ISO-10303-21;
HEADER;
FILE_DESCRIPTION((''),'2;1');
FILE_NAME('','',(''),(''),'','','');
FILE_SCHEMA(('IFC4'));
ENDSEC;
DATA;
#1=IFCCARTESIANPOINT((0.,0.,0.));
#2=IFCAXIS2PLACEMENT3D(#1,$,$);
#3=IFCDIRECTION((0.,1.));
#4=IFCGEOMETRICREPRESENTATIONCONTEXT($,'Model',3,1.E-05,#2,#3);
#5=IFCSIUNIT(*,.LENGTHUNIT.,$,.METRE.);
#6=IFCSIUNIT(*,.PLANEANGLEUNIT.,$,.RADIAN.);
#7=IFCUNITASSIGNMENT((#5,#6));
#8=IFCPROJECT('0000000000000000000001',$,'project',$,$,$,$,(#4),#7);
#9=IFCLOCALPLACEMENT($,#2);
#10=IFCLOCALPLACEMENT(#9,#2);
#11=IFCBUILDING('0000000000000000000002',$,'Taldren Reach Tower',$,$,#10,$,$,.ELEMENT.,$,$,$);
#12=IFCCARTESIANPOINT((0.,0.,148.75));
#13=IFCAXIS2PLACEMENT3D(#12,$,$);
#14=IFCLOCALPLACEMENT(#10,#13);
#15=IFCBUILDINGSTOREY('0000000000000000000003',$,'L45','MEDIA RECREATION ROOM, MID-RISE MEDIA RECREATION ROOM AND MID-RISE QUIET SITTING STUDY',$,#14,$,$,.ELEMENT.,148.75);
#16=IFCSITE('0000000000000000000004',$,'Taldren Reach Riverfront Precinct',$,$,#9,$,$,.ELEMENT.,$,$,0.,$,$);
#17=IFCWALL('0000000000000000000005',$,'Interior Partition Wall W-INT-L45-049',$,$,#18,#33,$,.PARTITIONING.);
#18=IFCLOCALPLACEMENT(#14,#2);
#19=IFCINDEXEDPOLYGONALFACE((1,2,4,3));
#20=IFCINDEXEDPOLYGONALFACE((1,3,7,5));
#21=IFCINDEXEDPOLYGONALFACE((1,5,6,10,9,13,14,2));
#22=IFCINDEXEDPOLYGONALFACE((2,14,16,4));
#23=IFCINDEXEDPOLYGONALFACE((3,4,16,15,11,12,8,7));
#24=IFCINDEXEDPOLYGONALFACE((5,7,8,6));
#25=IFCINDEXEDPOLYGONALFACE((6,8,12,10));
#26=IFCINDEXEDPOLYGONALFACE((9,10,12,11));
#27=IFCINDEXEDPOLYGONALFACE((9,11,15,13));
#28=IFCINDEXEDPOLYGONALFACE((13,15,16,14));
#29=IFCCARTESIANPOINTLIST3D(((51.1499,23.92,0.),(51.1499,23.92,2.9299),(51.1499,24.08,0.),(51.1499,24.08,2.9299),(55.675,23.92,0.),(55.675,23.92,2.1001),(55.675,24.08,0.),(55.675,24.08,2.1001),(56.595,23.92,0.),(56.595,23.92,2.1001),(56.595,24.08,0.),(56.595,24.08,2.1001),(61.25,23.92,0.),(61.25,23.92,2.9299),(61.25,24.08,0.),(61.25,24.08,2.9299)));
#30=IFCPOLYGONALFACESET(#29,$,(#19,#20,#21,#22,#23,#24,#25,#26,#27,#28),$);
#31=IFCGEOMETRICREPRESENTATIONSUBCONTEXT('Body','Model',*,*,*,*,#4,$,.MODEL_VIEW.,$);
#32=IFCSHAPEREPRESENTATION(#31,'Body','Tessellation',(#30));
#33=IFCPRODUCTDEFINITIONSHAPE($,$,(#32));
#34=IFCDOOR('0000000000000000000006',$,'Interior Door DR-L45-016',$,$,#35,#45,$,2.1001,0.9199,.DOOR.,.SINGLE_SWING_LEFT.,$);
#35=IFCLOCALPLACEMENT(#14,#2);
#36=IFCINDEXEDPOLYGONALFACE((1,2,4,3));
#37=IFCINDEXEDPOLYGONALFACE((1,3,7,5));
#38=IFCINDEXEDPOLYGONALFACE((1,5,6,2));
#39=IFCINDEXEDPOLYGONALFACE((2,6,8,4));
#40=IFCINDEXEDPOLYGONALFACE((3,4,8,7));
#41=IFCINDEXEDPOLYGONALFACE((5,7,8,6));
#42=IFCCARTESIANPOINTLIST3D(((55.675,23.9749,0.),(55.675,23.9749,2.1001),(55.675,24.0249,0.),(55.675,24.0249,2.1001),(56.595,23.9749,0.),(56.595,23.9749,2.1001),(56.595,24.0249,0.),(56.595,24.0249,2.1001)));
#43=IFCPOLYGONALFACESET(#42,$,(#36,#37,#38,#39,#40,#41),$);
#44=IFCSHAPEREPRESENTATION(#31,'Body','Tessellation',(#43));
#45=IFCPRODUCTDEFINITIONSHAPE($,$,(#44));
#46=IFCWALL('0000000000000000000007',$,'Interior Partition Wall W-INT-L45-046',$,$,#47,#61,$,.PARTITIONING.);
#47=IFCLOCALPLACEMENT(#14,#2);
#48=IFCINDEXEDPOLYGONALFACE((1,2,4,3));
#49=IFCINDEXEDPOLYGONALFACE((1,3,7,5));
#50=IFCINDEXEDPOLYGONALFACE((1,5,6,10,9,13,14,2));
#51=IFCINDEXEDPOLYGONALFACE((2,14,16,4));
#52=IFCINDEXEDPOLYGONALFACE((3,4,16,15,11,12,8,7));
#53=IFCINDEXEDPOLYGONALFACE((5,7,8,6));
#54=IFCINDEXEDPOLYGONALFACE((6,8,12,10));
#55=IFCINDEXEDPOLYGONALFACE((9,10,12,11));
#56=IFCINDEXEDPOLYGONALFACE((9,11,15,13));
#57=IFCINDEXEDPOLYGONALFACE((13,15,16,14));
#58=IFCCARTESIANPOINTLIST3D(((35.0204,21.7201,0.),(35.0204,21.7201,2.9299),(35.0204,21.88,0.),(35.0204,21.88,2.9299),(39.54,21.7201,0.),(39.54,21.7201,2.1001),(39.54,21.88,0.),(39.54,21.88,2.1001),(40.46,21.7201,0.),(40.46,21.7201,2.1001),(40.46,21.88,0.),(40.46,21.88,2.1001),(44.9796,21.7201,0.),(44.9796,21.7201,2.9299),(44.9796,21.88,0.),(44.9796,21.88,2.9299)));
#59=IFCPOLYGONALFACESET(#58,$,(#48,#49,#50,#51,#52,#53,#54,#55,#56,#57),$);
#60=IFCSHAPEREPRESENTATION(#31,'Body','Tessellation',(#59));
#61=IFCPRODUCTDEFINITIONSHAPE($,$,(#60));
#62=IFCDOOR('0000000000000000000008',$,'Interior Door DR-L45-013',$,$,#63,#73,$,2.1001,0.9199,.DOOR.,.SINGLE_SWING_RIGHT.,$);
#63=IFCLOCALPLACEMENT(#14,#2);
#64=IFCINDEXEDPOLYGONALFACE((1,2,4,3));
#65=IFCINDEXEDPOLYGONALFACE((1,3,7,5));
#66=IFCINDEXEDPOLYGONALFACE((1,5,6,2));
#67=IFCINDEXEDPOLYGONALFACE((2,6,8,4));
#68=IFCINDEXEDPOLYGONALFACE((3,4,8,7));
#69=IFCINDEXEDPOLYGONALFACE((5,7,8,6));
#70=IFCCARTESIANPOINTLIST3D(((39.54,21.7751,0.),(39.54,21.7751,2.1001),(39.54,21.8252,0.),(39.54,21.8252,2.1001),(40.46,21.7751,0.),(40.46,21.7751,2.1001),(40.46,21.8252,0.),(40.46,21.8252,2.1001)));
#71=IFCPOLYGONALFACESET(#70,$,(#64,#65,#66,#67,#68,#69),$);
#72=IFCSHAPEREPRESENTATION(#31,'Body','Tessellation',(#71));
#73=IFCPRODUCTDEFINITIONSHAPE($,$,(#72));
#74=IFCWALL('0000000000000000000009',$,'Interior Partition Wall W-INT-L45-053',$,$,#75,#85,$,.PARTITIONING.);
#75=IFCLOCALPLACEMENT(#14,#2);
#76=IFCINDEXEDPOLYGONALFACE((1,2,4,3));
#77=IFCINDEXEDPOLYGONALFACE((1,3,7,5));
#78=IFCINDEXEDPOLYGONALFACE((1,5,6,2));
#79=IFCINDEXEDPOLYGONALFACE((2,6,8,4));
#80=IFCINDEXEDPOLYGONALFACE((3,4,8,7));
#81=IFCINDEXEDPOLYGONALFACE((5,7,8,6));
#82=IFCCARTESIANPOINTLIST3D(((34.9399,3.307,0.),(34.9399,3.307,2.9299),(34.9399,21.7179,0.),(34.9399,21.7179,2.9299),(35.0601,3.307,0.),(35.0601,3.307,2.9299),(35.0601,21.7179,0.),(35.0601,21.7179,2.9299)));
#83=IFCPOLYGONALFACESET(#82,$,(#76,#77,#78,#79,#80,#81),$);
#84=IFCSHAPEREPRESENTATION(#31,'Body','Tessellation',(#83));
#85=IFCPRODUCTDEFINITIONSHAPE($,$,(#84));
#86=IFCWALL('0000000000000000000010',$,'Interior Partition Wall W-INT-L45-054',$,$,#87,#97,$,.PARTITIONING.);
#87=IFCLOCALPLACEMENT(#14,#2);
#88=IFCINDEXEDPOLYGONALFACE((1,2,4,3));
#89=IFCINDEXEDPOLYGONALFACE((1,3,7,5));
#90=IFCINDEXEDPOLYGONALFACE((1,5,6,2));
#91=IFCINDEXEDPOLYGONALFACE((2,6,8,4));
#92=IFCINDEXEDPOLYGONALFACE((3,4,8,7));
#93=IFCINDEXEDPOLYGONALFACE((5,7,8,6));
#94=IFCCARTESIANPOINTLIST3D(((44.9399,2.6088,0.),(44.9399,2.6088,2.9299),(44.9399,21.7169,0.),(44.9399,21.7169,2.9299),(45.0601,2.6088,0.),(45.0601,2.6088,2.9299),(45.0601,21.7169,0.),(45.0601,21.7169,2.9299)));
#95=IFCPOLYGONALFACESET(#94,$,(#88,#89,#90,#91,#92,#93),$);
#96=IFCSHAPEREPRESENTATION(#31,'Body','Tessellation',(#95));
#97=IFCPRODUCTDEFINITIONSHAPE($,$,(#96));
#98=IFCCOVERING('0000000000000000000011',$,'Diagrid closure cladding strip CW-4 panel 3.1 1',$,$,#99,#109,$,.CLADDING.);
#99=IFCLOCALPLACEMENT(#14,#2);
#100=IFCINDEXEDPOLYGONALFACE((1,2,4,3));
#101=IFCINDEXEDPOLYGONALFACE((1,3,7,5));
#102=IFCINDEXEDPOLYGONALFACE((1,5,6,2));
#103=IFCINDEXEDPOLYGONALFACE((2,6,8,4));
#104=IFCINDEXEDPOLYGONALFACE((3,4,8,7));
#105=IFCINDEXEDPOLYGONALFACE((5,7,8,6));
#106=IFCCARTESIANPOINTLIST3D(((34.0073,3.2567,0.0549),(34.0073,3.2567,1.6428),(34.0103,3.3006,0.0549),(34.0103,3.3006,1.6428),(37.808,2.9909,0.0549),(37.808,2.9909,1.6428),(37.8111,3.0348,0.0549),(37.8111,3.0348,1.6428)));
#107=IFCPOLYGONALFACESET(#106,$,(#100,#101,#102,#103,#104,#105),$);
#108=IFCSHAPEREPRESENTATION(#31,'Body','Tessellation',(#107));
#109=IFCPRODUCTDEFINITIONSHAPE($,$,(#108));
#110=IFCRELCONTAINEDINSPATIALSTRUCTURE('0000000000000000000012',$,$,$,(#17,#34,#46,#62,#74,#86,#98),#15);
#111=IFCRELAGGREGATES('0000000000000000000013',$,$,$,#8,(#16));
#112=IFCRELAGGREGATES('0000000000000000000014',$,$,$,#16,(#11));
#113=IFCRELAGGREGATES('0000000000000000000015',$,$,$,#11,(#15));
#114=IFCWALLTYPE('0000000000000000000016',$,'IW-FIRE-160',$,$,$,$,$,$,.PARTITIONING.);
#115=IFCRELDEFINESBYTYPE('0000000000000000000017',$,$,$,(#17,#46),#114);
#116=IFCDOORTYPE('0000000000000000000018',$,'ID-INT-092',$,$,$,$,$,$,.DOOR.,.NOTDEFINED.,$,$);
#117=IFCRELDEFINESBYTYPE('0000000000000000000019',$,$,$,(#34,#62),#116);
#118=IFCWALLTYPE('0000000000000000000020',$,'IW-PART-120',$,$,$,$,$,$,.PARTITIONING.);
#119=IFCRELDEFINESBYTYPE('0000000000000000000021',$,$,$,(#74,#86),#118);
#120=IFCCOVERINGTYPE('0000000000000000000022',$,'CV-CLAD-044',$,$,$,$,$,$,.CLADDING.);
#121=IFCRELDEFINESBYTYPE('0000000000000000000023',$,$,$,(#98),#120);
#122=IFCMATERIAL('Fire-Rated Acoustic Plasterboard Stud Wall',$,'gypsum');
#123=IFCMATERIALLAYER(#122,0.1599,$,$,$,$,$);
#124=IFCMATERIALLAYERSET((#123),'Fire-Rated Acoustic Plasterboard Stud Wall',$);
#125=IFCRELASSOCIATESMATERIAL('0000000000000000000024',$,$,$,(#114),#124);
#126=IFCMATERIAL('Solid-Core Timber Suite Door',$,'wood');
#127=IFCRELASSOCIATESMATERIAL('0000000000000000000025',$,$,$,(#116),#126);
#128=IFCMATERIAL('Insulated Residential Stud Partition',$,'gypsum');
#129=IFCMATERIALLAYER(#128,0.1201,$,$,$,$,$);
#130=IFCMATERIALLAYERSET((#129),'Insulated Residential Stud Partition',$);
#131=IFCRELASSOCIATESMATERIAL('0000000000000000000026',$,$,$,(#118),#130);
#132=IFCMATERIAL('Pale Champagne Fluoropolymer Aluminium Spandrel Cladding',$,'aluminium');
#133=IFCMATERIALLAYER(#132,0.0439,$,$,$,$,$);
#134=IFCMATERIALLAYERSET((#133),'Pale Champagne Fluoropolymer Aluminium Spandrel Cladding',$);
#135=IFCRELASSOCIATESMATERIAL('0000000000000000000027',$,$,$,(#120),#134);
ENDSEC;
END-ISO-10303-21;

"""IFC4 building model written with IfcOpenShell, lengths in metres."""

from ifc_helpers import new_model, si_unit, direction, frame, frame_2d, origin, origin_2d, place, context, subcontext, project, spatial, rectangle, extrude, source, transform, mapped, material, layer, layer_set, type_object, element, fill, save


model = new_model("IFC4")

# Units and contexts
model_context = context("Model", 3, precision=1e-05, world=origin(), true_north=direction((0.0, 1.0)))
body_context = subcontext(model_context, "Body", "Model", "MODEL_VIEW")
ifc_project = project(units=[si_unit("LENGTHUNIT", "METRE"), si_unit("PLANEANGLEUNIT", "RADIAN")], contexts=[model_context])

# Site, building, storey
site_placement = place(None, origin())
site = spatial("IfcSite", under=ifc_project, at=site_placement, Name="Taldren Reach Riverfront Precinct", CompositionType="ELEMENT", RefElevation=0.0)
building_placement = place(site_placement, origin())
building = spatial("IfcBuilding", under=site, at=building_placement, Name="Taldren Reach Tower", CompositionType="ELEMENT")
storey_placement = place(building_placement, frame((0.0, 0.0, 148.75)))
storey = spatial("IfcBuildingStorey", under=building, at=storey_placement, Name="L45", Description="MEDIA RECREATION ROOM, MID-RISE MEDIA RECREATION ROOM AND MID-RISE QUIET SITTING STUDY", CompositionType="ELEMENT", Elevation=148.75)

# Walls, openings, doors
ifc_material_1 = material(Name="Fire-Rated Acoustic Plasterboard Stud Wall", Category="gypsum")
ifc_layer_1 = layer(ifc_material_1, 0.1599)
ifc_layer_set_1 = layer_set([ifc_layer_1], Name="Fire-Rated Acoustic Plasterboard Stud Wall")
wall_type_1 = type_object("IfcWallType", Name="IW-FIRE-160", PredefinedType="PARTITIONING", material=ifc_layer_set_1)
shared_shape_1 = source(origin(), body_context, "Body", "SweptSolid", [
    extrude(rectangle(XDim=10.1001, YDim=0.1599, at=frame_2d((5.05, 0.0))), origin(), (0.0, 0.0, 1.0), 2.9299),
])
wall_1_placement = place(storey_placement, frame((51.1499, 24.0, 0.0), z_axis=(0.0, 0.0, 1.0), x_axis=(1.0, 0.0, 0.0)))
wall_1 = element("IfcWall", 1, at=wall_1_placement, inside=storey, type_object=wall_type_1, Name="Interior Partition Wall W-INT-L45-049", PredefinedType="PARTITIONING", context=body_context, shape_type="MappedRepresentation", body=[
    mapped(shared_shape_1, transform((0.0, 0.0, 0.0), scale=1.0)),
])
shared_shape_2 = source(origin(), body_context, "Body", "SweptSolid", [
    extrude(rectangle(XDim=0.9199, YDim=2.1001, at=frame_2d((0.46, 1.05))), frame((0.0, 0.0898, 0.0), z_axis=(0.0, -1.0, 0.0), x_axis=(1.0, 0.0, 0.0)), (0.0, 0.0, 1.0), 0.1799),
])
opening_1_placement = place(wall_1_placement, frame((4.5251, 0.0, 0.0)))
opening_1 = element("IfcOpeningElement", 2, at=opening_1_placement, cuts=wall_1, PredefinedType="OPENING", context=body_context, shape_type="MappedRepresentation", body=[
    mapped(shared_shape_2, transform((0.0, 0.0, 0.0), scale=1.0)),
])
ifc_material_2 = material(Name="Solid-Core Timber Suite Door", Category="wood")
door_type_1 = type_object("IfcDoorType", Name="ID-INT-092", OperationType="NOTDEFINED", PredefinedType="DOOR", material=ifc_material_2)
shared_shape_3 = source(origin(), body_context, "Body", "SweptSolid", [
    extrude(rectangle(XDim=0.9199, YDim=2.1001, at=frame_2d((0.46, 1.05))), frame((0.0, 0.0249, 0.0), z_axis=(0.0, -1.0, 0.0), x_axis=(1.0, 0.0, 0.0)), (0.0, 0.0, 1.0), 0.05),
])
door_1_placement = place(opening_1_placement, origin())
door_1 = element("IfcDoor", 3, at=door_1_placement, inside=storey, type_object=door_type_1, Name="Interior Door DR-L45-016", OperationType="SINGLE_SWING_LEFT", OverallHeight=2.1001, OverallWidth=0.9199, PredefinedType="DOOR", context=body_context, shape_type="MappedRepresentation", body=[
    mapped(shared_shape_3, transform((0.0, 0.0, 0.0), scale=1.0)),
])
fill(opening_1, door_1)
shared_shape_4 = source(origin(), body_context, "Body", "SweptSolid", [
    extrude(rectangle(XDim=9.9592, YDim=0.1599, at=frame_2d((4.9795, 0.0))), origin(), (0.0, 0.0, 1.0), 2.9299),
])
wall_2_placement = place(storey_placement, frame((44.9795, 21.8, 0.0), z_axis=(0.0, 0.0, 1.0), x_axis=(-1.0, 0.0, 0.0)))
wall_2 = element("IfcWall", 4, at=wall_2_placement, inside=storey, type_object=wall_type_1, Name="Interior Partition Wall W-INT-L45-046", PredefinedType="PARTITIONING", context=body_context, shape_type="MappedRepresentation", body=[
    mapped(shared_shape_4, transform((0.0, 0.0, 0.0), scale=1.0)),
])
opening_2_placement = place(wall_2_placement, frame((4.5195, 0.0, 0.0)))
opening_2 = element("IfcOpeningElement", 5, at=opening_2_placement, cuts=wall_2, PredefinedType="OPENING", context=body_context, shape_type="MappedRepresentation", body=[
    mapped(shared_shape_2, transform((0.0, 0.0, 0.0), scale=1.0)),
])
door_2_placement = place(opening_2_placement, origin())
door_2 = element("IfcDoor", 6, at=door_2_placement, inside=storey, type_object=door_type_1, Name="Interior Door DR-L45-013", OperationType="SINGLE_SWING_RIGHT", OverallHeight=2.1001, OverallWidth=0.9199, PredefinedType="DOOR", context=body_context, shape_type="MappedRepresentation", body=[
    mapped(shared_shape_3, transform((0.0, 0.0, 0.0), scale=1.0)),
])
fill(opening_2, door_2)

# Walls
ifc_material_3 = material(Name="Insulated Residential Stud Partition", Category="gypsum")
ifc_layer_2 = layer(ifc_material_3, 0.1201)
ifc_layer_set_2 = layer_set([ifc_layer_2], Name="Insulated Residential Stud Partition")
wall_type_2 = type_object("IfcWallType", Name="IW-PART-120", PredefinedType="PARTITIONING", material=ifc_layer_set_2)
shared_shape_5 = source(origin(), body_context, "Body", "SweptSolid", [
    extrude(rectangle(XDim=18.4109, YDim=0.1201, at=frame_2d((9.2056, 0.0))), origin(), (0.0, 0.0, 1.0), 2.9299),
])
wall_3_placement = place(storey_placement, frame((35.0, 21.718, 0.0), z_axis=(0.0, 0.0, 1.0), x_axis=(0.0, -1.0, 0.0)))
element("IfcWall", 7, at=wall_3_placement, inside=storey, type_object=wall_type_2, Name="Interior Partition Wall W-INT-L45-053", PredefinedType="PARTITIONING", context=body_context, shape_type="MappedRepresentation", body=[
    mapped(shared_shape_5, transform((0.0, 0.0, 0.0), scale=1.0)),
])
shared_shape_6 = source(origin(), body_context, "Body", "SweptSolid", [
    extrude(rectangle(XDim=19.1082, YDim=0.1201, at=frame_2d((9.5542, 0.0))), origin(), (0.0, 0.0, 1.0), 2.9299),
])
wall_4_placement = place(storey_placement, frame((45.0, 21.717, 0.0), z_axis=(0.0, 0.0, 1.0), x_axis=(0.0, -1.0, 0.0)))
element("IfcWall", 8, at=wall_4_placement, inside=storey, type_object=wall_type_2, Name="Interior Partition Wall W-INT-L45-054", PredefinedType="PARTITIONING", context=body_context, shape_type="MappedRepresentation", body=[
    mapped(shared_shape_6, transform((0.0, 0.0, 0.0), scale=1.0)),
])

# Covering
ifc_material_4 = material(Name="Pale Champagne Fluoropolymer Aluminium Spandrel Cladding", Category="aluminium")
ifc_layer_3 = layer(ifc_material_4, 0.0439)
ifc_layer_set_3 = layer_set([ifc_layer_3], Name="Pale Champagne Fluoropolymer Aluminium Spandrel Cladding")
covering_type = type_object("IfcCoveringType", Name="CV-CLAD-044", PredefinedType="CLADDING", material=ifc_layer_set_3)
shared_shape_7 = source(origin(), body_context, "Body", "SweptSolid", [
    extrude(rectangle(XDim=3.8101, YDim=0.0439, at=origin_2d()), origin(), (0.0, 0.0, 1.0), 1.5879),
])
covering_placement = place(storey_placement, frame((35.9092, 3.1458, 0.0549), z_axis=(0.0, 0.0, 1.0), x_axis=(0.997564, -0.069757, 0.0)))
element("IfcCovering", 9, at=covering_placement, inside=storey, type_object=covering_type, Name="Diagrid closure cladding strip CW-4 panel 3.1 1", PredefinedType="CLADDING", context=body_context, shape_type="MappedRepresentation", body=[
    mapped(shared_shape_7, transform((0.0, 0.0, 0.0), scale=1.0)),
])

save(model, "model.ifc")
